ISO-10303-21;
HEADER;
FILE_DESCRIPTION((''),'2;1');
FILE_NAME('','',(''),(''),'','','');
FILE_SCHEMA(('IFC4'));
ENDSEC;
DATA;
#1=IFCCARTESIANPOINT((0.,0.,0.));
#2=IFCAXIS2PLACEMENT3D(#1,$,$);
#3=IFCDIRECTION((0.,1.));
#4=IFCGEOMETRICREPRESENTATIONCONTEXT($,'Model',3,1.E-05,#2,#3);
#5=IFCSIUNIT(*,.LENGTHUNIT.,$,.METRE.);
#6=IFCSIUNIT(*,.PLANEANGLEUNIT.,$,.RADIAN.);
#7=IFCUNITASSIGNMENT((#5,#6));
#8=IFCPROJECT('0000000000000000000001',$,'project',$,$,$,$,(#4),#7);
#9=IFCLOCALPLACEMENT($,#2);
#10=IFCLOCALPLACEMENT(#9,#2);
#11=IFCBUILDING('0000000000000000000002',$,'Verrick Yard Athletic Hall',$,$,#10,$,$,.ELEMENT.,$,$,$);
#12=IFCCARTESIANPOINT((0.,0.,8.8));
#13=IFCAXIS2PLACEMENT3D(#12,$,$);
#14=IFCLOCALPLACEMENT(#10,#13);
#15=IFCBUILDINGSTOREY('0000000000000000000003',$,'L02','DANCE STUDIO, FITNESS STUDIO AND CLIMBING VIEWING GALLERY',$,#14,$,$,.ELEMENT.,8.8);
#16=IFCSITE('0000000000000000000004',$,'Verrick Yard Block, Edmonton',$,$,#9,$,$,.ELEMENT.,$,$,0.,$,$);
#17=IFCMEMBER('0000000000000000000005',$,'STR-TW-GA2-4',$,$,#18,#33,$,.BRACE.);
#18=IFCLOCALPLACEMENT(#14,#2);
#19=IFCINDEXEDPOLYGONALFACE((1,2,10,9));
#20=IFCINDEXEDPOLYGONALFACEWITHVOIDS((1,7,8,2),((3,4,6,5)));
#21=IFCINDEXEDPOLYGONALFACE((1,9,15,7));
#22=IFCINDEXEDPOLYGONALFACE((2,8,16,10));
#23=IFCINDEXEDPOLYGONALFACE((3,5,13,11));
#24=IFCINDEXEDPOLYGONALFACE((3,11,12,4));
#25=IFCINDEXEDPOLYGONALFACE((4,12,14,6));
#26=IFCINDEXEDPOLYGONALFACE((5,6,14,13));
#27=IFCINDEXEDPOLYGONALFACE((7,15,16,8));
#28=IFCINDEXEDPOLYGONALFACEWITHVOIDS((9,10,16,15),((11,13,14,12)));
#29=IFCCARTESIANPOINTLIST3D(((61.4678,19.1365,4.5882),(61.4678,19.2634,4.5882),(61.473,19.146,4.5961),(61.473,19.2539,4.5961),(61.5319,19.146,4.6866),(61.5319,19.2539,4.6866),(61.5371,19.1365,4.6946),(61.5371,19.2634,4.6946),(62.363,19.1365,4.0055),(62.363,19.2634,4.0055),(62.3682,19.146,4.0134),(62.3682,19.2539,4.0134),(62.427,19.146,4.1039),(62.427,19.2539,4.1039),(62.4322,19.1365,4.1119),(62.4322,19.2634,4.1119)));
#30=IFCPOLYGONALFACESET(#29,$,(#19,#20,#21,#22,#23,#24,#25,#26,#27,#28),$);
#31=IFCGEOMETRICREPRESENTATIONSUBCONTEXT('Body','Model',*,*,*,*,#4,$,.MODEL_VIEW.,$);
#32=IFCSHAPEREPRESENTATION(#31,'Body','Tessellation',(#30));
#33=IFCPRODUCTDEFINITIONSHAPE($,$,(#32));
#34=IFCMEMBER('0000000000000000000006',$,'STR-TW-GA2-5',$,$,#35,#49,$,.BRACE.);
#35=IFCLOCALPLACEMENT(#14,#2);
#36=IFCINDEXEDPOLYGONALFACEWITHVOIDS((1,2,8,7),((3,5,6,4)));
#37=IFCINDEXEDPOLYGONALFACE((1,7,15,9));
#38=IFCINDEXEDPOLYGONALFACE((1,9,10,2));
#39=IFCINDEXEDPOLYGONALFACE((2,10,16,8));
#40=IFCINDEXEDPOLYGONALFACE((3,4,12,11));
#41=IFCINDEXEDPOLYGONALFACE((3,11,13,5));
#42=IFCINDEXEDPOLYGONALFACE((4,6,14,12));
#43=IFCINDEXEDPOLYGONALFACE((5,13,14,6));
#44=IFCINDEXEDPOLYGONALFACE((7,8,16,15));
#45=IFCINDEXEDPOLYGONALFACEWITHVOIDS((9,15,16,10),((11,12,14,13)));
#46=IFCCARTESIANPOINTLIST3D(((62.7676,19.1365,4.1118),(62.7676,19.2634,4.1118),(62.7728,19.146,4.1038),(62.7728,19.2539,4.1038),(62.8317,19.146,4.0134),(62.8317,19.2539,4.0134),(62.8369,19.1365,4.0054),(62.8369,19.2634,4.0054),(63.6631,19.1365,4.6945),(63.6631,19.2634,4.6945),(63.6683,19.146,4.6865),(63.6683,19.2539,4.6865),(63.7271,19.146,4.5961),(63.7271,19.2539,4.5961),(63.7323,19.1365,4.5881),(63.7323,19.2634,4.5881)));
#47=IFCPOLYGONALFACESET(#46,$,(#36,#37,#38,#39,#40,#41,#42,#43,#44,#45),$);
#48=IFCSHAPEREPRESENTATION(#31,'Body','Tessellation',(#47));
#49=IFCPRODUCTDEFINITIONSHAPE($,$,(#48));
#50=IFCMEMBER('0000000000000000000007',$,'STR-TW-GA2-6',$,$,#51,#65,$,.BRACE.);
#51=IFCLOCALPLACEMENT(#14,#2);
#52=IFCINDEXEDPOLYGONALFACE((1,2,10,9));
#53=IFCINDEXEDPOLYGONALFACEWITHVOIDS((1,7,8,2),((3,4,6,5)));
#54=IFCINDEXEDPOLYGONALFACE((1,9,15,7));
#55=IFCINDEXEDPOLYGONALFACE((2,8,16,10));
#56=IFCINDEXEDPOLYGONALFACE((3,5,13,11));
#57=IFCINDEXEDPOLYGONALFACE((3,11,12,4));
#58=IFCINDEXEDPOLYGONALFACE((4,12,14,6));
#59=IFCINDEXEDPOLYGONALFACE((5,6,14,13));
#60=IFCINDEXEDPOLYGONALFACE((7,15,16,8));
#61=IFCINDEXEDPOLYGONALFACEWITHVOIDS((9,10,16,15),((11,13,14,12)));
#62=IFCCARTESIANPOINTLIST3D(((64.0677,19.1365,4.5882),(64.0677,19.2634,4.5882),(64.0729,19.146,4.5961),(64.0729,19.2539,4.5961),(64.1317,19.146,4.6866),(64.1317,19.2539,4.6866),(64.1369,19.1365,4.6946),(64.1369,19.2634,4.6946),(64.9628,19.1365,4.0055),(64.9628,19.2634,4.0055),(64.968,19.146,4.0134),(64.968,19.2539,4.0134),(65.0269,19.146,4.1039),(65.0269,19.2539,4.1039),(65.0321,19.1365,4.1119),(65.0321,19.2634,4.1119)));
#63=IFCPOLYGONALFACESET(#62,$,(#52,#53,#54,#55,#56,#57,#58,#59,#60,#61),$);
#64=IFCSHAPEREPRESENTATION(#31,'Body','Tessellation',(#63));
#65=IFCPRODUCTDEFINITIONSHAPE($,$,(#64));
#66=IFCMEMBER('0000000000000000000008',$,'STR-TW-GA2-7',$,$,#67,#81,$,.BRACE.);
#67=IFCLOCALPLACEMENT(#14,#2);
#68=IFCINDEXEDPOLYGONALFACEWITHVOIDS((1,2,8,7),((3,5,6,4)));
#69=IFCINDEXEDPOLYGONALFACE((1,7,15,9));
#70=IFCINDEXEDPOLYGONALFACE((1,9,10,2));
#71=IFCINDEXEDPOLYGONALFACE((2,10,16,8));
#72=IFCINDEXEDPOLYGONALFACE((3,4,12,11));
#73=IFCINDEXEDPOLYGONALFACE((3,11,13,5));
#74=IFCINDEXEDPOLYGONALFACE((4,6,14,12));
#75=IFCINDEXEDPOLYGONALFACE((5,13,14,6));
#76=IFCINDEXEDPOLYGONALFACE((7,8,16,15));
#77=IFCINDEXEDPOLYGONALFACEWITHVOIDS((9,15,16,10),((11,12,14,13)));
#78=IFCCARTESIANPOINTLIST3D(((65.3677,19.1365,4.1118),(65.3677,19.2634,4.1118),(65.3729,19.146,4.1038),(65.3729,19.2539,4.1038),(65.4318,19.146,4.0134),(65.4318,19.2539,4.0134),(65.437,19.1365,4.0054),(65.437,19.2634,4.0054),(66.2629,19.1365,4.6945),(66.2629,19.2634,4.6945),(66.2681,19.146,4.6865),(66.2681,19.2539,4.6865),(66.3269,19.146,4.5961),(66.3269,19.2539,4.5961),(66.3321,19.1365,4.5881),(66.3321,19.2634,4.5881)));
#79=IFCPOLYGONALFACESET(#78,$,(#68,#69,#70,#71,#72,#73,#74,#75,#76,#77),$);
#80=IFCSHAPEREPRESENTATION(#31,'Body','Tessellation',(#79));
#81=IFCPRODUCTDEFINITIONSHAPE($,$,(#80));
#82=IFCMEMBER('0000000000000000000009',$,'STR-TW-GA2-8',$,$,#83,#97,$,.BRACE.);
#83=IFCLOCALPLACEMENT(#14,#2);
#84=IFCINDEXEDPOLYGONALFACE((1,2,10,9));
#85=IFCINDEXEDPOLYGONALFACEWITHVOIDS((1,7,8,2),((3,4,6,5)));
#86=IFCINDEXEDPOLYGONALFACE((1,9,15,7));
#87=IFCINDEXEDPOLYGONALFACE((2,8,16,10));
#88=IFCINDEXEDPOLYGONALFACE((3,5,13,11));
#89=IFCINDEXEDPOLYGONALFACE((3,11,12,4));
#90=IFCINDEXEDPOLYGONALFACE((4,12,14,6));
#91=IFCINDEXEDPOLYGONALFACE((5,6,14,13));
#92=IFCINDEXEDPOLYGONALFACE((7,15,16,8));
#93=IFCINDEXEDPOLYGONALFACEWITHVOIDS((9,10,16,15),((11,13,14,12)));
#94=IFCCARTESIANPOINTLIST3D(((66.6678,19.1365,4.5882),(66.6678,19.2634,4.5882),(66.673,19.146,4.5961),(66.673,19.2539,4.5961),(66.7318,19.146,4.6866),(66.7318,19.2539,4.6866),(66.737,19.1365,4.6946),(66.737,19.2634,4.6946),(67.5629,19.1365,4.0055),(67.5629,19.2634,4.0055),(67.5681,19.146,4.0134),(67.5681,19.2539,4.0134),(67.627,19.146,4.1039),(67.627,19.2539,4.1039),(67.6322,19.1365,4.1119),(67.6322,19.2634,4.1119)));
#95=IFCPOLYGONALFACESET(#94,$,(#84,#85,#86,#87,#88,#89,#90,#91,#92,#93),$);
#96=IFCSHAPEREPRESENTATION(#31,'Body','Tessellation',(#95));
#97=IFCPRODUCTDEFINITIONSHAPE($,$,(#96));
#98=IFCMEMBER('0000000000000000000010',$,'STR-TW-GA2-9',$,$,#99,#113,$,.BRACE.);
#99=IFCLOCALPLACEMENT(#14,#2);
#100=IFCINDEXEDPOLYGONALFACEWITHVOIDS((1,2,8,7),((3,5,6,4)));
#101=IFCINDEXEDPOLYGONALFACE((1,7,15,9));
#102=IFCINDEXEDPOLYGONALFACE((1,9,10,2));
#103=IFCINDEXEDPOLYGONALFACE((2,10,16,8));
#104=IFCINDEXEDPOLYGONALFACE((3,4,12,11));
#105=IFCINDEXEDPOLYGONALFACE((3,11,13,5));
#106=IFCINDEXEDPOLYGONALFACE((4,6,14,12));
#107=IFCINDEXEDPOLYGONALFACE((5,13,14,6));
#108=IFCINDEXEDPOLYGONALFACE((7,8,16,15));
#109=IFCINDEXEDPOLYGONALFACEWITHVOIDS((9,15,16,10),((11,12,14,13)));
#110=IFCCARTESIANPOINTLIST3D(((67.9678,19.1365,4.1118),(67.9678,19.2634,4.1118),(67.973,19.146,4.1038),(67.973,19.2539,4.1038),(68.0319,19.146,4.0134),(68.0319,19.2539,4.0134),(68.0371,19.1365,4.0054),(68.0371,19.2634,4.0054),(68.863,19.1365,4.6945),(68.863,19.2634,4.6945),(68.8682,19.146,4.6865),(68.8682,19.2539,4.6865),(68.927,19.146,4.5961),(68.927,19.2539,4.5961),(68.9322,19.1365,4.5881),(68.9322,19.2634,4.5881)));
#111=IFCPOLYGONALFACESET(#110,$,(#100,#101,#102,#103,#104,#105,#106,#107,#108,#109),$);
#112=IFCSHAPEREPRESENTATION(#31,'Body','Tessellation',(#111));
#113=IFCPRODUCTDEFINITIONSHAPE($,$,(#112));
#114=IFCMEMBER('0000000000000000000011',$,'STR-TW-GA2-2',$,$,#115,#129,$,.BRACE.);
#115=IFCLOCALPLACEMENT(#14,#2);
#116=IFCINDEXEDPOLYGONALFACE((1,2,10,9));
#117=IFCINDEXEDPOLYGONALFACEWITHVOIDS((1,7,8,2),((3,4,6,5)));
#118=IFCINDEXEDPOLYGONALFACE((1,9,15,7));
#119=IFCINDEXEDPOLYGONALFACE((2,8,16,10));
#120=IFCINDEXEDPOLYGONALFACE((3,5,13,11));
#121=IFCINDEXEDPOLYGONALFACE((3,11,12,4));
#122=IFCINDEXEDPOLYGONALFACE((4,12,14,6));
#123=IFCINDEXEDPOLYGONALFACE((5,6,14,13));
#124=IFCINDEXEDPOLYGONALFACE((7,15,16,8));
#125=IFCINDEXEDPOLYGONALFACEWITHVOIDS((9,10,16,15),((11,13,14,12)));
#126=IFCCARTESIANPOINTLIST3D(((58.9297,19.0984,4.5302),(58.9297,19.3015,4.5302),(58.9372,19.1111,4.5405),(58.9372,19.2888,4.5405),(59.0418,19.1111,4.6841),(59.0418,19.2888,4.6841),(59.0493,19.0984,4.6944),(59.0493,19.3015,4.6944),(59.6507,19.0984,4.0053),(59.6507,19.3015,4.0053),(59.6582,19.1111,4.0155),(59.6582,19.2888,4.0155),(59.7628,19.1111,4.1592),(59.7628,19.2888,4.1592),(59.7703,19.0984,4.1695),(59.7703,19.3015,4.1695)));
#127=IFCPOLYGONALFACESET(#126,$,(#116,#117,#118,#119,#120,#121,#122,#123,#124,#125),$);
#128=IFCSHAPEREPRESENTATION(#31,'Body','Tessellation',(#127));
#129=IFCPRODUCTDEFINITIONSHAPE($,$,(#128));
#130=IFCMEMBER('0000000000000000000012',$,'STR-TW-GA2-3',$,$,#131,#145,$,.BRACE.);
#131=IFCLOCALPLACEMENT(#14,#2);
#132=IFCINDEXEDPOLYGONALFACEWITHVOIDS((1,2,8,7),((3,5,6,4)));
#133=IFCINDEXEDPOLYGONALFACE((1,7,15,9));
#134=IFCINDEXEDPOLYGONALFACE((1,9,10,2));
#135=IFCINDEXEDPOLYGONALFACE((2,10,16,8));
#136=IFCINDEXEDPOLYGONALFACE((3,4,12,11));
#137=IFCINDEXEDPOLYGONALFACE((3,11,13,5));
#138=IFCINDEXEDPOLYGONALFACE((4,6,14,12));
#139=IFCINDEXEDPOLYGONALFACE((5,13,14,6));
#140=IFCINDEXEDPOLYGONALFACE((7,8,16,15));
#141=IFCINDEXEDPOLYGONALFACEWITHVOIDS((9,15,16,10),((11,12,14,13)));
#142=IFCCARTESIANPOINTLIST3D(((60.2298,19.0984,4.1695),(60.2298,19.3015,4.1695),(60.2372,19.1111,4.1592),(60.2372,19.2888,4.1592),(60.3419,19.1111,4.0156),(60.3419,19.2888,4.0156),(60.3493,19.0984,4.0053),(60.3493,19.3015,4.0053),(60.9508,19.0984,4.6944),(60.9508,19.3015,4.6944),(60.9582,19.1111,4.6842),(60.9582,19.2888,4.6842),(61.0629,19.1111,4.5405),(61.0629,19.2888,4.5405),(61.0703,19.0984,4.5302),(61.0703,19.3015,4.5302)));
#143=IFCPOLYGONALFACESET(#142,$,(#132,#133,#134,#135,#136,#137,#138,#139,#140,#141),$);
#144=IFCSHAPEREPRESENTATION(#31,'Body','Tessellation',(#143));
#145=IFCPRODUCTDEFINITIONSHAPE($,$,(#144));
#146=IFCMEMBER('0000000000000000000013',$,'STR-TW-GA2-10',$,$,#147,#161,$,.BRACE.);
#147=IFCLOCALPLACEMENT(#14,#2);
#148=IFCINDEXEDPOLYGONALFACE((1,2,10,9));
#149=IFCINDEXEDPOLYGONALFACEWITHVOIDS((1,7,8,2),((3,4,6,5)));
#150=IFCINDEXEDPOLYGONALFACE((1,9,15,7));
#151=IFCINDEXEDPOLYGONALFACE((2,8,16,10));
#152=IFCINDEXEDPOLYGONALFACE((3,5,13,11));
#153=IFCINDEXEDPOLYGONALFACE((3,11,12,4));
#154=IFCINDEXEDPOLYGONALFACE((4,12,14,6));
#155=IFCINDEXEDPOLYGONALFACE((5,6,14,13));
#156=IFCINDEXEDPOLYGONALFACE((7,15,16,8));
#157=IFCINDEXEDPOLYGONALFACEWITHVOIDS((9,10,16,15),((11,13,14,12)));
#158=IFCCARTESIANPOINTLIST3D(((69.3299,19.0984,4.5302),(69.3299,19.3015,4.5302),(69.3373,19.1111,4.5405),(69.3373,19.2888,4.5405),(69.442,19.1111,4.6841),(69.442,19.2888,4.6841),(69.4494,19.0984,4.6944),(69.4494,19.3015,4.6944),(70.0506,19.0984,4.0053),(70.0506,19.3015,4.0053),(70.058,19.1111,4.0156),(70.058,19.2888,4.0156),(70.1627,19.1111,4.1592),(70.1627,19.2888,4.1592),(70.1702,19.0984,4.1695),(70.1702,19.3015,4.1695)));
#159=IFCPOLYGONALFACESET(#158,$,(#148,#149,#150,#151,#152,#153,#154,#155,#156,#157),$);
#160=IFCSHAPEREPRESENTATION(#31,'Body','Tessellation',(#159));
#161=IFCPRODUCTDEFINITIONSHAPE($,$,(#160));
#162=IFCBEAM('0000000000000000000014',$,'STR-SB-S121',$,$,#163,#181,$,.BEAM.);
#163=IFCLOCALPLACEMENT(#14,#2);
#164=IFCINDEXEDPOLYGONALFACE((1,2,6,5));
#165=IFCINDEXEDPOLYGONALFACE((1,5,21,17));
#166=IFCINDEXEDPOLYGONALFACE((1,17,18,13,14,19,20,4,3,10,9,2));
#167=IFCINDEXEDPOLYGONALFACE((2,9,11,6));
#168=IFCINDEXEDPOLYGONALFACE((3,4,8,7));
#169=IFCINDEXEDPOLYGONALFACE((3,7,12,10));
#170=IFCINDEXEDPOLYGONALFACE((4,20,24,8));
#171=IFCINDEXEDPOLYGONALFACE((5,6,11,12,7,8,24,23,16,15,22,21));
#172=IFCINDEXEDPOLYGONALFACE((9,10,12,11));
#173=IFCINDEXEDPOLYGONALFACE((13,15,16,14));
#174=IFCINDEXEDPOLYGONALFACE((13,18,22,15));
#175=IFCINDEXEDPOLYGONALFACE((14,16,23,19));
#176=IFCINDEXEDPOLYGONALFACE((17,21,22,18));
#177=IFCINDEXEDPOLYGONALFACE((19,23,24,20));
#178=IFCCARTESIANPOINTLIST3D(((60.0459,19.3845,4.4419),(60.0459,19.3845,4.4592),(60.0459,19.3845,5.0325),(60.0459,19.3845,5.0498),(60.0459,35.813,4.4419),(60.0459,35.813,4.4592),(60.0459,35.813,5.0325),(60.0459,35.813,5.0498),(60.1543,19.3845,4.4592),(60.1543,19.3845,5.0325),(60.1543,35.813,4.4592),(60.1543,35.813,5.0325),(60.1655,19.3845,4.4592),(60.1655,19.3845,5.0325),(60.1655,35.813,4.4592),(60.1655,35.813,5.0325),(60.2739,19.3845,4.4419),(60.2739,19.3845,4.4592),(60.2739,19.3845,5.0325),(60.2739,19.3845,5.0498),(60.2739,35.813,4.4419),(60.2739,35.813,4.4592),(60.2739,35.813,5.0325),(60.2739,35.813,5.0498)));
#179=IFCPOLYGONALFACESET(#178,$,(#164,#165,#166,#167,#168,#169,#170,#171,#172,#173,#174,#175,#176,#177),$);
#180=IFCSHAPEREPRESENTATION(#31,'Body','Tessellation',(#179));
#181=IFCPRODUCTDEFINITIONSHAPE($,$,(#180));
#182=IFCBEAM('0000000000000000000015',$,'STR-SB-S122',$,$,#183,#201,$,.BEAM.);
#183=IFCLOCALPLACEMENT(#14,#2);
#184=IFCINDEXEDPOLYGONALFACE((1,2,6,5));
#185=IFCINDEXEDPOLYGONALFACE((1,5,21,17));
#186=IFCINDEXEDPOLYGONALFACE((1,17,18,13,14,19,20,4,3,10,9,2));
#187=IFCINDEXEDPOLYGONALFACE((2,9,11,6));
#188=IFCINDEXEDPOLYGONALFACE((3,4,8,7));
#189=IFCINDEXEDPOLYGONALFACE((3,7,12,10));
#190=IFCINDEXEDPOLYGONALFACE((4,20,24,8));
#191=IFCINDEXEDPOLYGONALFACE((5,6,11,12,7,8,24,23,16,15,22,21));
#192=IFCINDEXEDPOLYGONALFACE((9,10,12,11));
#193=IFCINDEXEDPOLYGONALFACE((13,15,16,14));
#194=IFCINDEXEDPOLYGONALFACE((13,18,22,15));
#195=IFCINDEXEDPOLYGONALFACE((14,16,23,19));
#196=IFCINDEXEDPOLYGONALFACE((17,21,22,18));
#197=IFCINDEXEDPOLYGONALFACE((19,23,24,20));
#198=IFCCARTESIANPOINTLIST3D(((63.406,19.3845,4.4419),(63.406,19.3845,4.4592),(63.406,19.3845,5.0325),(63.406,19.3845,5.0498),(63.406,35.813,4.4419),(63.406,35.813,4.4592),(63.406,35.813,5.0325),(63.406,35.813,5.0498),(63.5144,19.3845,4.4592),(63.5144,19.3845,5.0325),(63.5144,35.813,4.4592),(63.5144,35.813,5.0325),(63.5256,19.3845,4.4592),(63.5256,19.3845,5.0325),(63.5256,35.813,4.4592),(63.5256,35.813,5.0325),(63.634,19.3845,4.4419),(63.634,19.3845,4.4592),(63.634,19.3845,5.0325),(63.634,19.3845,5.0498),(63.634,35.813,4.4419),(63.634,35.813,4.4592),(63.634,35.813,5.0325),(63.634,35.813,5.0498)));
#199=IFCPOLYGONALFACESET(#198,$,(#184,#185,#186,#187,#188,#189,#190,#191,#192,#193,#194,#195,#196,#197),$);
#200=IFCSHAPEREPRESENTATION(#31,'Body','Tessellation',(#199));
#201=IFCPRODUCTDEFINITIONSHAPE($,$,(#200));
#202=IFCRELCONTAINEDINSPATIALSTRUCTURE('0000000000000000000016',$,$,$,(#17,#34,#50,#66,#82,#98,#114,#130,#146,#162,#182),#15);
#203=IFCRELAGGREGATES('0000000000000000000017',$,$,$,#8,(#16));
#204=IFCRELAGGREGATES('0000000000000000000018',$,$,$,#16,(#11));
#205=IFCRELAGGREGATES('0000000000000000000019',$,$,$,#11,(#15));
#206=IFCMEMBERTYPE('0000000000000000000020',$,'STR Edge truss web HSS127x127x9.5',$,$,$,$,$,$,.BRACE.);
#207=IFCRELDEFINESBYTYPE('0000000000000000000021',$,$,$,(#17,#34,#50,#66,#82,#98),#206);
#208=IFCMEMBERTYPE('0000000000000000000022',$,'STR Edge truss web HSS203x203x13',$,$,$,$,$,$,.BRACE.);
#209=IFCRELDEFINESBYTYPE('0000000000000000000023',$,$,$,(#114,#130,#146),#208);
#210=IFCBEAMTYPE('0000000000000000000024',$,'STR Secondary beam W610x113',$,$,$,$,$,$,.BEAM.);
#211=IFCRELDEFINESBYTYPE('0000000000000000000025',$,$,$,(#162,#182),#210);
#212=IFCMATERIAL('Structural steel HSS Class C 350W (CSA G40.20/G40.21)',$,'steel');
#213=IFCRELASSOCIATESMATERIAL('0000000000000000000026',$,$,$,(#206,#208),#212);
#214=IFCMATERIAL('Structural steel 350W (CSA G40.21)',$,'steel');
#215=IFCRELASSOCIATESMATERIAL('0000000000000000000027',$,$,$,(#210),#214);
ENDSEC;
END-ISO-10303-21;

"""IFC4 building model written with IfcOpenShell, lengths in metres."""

from ifc_helpers import new_model, si_unit, direction, frame, origin, origin_2d, place, context, subcontext, project, spatial, hollow_rectangle, i_section, extrude, material, material_profile, profile_set, type_object, element, save


model = new_model("IFC4")

# Units and contexts
model_context = context("Model", 3, precision=1e-05, world=origin(), true_north=direction((0.0, 1.0)))
body_context = subcontext(model_context, "Body", "Model", "MODEL_VIEW")
ifc_project = project(units=[si_unit("LENGTHUNIT", "METRE"), si_unit("PLANEANGLEUNIT", "RADIAN")], contexts=[model_context])

# Site, building, storey
site_placement = place(None, origin())
site = spatial("IfcSite", under=ifc_project, at=site_placement, Name="Verrick Yard Block, Edmonton", CompositionType="ELEMENT", RefElevation=0.0)
building_placement = place(site_placement, origin())
building = spatial("IfcBuilding", under=site, at=building_placement, Name="Verrick Yard Athletic Hall", CompositionType="ELEMENT")
storey_placement = place(building_placement, frame((0.0, 0.0, 8.8)))
storey = spatial("IfcBuildingStorey", under=building, at=storey_placement, Name="L02", Description="DANCE STUDIO, FITNESS STUDIO AND CLIMBING VIEWING GALLERY", CompositionType="ELEMENT", Elevation=8.8)

# Members
ifc_material_1 = material(Name="Structural steel 350W (CSA G40.21)", Category="steel")
ifc_material_2 = material(Name="Structural steel HSS Class C 350W (CSA G40.20/G40.21)", Category="steel")
ifc_material_profile_1 = material_profile(ifc_material_2, hollow_rectangle(XDim=0.127, YDim=0.127, WallThickness=0.0095, at=origin_2d()), Name="HSS127x127x9.5")
ifc_profile_set_1 = profile_set([ifc_material_profile_1], Name="Structural steel HSS Class C 350W (CSA G40.20/G40.21)")
member_type_1 = type_object("IfcMemberType", Name="STR Edge truss web HSS127x127x9.5", PredefinedType="BRACE", material=ifc_profile_set_1)
member_1_placement = place(storey_placement, frame((61.5024, 19.2, 4.6414), z_axis=(0.838083, 0.0, -0.545543), x_axis=(0.0, 1.0, 0.0)))
element("IfcMember", 1, at=member_1_placement, inside=storey, type_object=member_type_1, Name="STR-TW-GA2-4", PredefinedType="BRACE", context=body_context, shape_type="SweptSolid", body=[
    extrude(hollow_rectangle(XDim=0.127, YDim=0.127, WallThickness=0.0095, at=origin_2d()), origin(), (0.0, 0.0, 1.0), 1.0681),
])
member_2_placement = place(storey_placement, frame((62.8022, 19.2, 4.0586), z_axis=(0.838151, 0.0, 0.545438), x_axis=(0.0, 1.0, 0.0)))
element("IfcMember", 2, at=member_2_placement, inside=storey, type_object=member_type_1, Name="STR-TW-GA2-5", PredefinedType="BRACE", context=body_context, shape_type="SweptSolid", body=[
    extrude(hollow_rectangle(XDim=0.127, YDim=0.127, WallThickness=0.0095, at=origin_2d()), origin(), (0.0, 0.0, 1.0), 1.0684),
])
for number, where, z_axis, x_axis, name in (
    (3, (64.1023, 19.2, 4.6414), (0.838083, 0.0, -0.545543), (0.0, 1.0, 0.0), "STR-TW-GA2-6"),
    (4, (65.4023, 19.2, 4.0586), (0.838083, 0.0, 0.545543), (0.0, 1.0, 0.0), "STR-TW-GA2-7"),
    (5, (66.7024, 19.2, 4.6414), (0.838083, 0.0, -0.545543), (0.0, 1.0, 0.0), "STR-TW-GA2-8"),
    (6, (68.0024, 19.2, 4.0586), (0.838083, 0.0, 0.545543), (0.0, 1.0, 0.0), "STR-TW-GA2-9"),
):
    element("IfcMember", number, at=place(storey_placement, frame(where, z_axis=z_axis, x_axis=x_axis)), inside=storey, type_object=member_type_1, Name=name, PredefinedType="BRACE", context=body_context, shape_type="SweptSolid", body=[
        extrude(hollow_rectangle(XDim=0.127, YDim=0.127, WallThickness=0.0095, at=origin_2d()), origin(), (0.0, 0.0, 1.0), 1.0681),
    ])
ifc_material_profile_2 = material_profile(ifc_material_2, hollow_rectangle(XDim=0.2031, YDim=0.2031, WallThickness=0.0127, at=origin_2d()), Name="HSS203x203x13")
ifc_profile_set_2 = profile_set([ifc_material_profile_2], Name="Structural steel HSS Class C 350W (CSA G40.20/G40.21)")
member_type_2 = type_object("IfcMemberType", Name="STR Edge truss web HSS203x203x13", PredefinedType="BRACE", material=ifc_profile_set_2)
for number, where, z_axis, x_axis, name in (
    (7, (58.9895, 19.2, 4.6123), (0.808428, 0.0, -0.588595), (0.0, 1.0, 0.0), "STR-TW-GA2-2"),
    (8, (60.2896, 19.2, 4.0874), (0.808428, 0.0, 0.588595), (0.0, 1.0, 0.0), "STR-TW-GA2-3"),
):
    element("IfcMember", number, at=place(storey_placement, frame(where, z_axis=z_axis, x_axis=x_axis)), inside=storey, type_object=member_type_2, Name=name, PredefinedType="BRACE", context=body_context, shape_type="SweptSolid", body=[
        extrude(hollow_rectangle(XDim=0.2031, YDim=0.2031, WallThickness=0.0127, at=origin_2d()), origin(), (0.0, 0.0, 1.0), 0.8918),
    ])
member_3_placement = place(storey_placement, frame((69.3896, 19.2, 4.6123), z_axis=(0.808333, 0.0, -0.588725), x_axis=(0.0, 1.0, 0.0)))
element("IfcMember", 9, at=member_3_placement, inside=storey, type_object=member_type_2, Name="STR-TW-GA2-10", PredefinedType="BRACE", context=body_context, shape_type="SweptSolid", body=[
    extrude(hollow_rectangle(XDim=0.2031, YDim=0.2031, WallThickness=0.0127, at=origin_2d()), origin(), (0.0, 0.0, 1.0), 0.8916),
])

# Beams
ifc_material_profile_3 = material_profile(ifc_material_1, i_section(OverallWidth=0.228, OverallDepth=0.6079, WebThickness=0.0112, FlangeThickness=0.0173, at=origin_2d()), Name="W610x113")
ifc_profile_set_3 = profile_set([ifc_material_profile_3], Name="Structural steel 350W (CSA G40.21)")
beam_type = type_object("IfcBeamType", Name="STR Secondary beam W610x113", PredefinedType="BEAM", material=ifc_profile_set_3)
for number, where, z_axis, x_axis, name in (
    (10, (60.1599, 19.3845, 4.7458), (0.0, 1.0, 0.0), (-1.0, 0.0, 0.0), "STR-SB-S121"),
    (11, (63.52, 19.3845, 4.7458), (0.0, 1.0, 0.0), (-1.0, 0.0, 0.0), "STR-SB-S122"),
):
    element("IfcBeam", number, at=place(storey_placement, frame(where, z_axis=z_axis, x_axis=x_axis)), inside=storey, type_object=beam_type, Name=name, PredefinedType="BEAM", context=body_context, shape_type="SweptSolid", body=[
        extrude(i_section(OverallWidth=0.228, OverallDepth=0.6079, WebThickness=0.0112, FlangeThickness=0.0173, at=origin_2d()), origin(), (0.0, 0.0, 1.0), 16.4285),
    ])

save(model, "model.ifc")
